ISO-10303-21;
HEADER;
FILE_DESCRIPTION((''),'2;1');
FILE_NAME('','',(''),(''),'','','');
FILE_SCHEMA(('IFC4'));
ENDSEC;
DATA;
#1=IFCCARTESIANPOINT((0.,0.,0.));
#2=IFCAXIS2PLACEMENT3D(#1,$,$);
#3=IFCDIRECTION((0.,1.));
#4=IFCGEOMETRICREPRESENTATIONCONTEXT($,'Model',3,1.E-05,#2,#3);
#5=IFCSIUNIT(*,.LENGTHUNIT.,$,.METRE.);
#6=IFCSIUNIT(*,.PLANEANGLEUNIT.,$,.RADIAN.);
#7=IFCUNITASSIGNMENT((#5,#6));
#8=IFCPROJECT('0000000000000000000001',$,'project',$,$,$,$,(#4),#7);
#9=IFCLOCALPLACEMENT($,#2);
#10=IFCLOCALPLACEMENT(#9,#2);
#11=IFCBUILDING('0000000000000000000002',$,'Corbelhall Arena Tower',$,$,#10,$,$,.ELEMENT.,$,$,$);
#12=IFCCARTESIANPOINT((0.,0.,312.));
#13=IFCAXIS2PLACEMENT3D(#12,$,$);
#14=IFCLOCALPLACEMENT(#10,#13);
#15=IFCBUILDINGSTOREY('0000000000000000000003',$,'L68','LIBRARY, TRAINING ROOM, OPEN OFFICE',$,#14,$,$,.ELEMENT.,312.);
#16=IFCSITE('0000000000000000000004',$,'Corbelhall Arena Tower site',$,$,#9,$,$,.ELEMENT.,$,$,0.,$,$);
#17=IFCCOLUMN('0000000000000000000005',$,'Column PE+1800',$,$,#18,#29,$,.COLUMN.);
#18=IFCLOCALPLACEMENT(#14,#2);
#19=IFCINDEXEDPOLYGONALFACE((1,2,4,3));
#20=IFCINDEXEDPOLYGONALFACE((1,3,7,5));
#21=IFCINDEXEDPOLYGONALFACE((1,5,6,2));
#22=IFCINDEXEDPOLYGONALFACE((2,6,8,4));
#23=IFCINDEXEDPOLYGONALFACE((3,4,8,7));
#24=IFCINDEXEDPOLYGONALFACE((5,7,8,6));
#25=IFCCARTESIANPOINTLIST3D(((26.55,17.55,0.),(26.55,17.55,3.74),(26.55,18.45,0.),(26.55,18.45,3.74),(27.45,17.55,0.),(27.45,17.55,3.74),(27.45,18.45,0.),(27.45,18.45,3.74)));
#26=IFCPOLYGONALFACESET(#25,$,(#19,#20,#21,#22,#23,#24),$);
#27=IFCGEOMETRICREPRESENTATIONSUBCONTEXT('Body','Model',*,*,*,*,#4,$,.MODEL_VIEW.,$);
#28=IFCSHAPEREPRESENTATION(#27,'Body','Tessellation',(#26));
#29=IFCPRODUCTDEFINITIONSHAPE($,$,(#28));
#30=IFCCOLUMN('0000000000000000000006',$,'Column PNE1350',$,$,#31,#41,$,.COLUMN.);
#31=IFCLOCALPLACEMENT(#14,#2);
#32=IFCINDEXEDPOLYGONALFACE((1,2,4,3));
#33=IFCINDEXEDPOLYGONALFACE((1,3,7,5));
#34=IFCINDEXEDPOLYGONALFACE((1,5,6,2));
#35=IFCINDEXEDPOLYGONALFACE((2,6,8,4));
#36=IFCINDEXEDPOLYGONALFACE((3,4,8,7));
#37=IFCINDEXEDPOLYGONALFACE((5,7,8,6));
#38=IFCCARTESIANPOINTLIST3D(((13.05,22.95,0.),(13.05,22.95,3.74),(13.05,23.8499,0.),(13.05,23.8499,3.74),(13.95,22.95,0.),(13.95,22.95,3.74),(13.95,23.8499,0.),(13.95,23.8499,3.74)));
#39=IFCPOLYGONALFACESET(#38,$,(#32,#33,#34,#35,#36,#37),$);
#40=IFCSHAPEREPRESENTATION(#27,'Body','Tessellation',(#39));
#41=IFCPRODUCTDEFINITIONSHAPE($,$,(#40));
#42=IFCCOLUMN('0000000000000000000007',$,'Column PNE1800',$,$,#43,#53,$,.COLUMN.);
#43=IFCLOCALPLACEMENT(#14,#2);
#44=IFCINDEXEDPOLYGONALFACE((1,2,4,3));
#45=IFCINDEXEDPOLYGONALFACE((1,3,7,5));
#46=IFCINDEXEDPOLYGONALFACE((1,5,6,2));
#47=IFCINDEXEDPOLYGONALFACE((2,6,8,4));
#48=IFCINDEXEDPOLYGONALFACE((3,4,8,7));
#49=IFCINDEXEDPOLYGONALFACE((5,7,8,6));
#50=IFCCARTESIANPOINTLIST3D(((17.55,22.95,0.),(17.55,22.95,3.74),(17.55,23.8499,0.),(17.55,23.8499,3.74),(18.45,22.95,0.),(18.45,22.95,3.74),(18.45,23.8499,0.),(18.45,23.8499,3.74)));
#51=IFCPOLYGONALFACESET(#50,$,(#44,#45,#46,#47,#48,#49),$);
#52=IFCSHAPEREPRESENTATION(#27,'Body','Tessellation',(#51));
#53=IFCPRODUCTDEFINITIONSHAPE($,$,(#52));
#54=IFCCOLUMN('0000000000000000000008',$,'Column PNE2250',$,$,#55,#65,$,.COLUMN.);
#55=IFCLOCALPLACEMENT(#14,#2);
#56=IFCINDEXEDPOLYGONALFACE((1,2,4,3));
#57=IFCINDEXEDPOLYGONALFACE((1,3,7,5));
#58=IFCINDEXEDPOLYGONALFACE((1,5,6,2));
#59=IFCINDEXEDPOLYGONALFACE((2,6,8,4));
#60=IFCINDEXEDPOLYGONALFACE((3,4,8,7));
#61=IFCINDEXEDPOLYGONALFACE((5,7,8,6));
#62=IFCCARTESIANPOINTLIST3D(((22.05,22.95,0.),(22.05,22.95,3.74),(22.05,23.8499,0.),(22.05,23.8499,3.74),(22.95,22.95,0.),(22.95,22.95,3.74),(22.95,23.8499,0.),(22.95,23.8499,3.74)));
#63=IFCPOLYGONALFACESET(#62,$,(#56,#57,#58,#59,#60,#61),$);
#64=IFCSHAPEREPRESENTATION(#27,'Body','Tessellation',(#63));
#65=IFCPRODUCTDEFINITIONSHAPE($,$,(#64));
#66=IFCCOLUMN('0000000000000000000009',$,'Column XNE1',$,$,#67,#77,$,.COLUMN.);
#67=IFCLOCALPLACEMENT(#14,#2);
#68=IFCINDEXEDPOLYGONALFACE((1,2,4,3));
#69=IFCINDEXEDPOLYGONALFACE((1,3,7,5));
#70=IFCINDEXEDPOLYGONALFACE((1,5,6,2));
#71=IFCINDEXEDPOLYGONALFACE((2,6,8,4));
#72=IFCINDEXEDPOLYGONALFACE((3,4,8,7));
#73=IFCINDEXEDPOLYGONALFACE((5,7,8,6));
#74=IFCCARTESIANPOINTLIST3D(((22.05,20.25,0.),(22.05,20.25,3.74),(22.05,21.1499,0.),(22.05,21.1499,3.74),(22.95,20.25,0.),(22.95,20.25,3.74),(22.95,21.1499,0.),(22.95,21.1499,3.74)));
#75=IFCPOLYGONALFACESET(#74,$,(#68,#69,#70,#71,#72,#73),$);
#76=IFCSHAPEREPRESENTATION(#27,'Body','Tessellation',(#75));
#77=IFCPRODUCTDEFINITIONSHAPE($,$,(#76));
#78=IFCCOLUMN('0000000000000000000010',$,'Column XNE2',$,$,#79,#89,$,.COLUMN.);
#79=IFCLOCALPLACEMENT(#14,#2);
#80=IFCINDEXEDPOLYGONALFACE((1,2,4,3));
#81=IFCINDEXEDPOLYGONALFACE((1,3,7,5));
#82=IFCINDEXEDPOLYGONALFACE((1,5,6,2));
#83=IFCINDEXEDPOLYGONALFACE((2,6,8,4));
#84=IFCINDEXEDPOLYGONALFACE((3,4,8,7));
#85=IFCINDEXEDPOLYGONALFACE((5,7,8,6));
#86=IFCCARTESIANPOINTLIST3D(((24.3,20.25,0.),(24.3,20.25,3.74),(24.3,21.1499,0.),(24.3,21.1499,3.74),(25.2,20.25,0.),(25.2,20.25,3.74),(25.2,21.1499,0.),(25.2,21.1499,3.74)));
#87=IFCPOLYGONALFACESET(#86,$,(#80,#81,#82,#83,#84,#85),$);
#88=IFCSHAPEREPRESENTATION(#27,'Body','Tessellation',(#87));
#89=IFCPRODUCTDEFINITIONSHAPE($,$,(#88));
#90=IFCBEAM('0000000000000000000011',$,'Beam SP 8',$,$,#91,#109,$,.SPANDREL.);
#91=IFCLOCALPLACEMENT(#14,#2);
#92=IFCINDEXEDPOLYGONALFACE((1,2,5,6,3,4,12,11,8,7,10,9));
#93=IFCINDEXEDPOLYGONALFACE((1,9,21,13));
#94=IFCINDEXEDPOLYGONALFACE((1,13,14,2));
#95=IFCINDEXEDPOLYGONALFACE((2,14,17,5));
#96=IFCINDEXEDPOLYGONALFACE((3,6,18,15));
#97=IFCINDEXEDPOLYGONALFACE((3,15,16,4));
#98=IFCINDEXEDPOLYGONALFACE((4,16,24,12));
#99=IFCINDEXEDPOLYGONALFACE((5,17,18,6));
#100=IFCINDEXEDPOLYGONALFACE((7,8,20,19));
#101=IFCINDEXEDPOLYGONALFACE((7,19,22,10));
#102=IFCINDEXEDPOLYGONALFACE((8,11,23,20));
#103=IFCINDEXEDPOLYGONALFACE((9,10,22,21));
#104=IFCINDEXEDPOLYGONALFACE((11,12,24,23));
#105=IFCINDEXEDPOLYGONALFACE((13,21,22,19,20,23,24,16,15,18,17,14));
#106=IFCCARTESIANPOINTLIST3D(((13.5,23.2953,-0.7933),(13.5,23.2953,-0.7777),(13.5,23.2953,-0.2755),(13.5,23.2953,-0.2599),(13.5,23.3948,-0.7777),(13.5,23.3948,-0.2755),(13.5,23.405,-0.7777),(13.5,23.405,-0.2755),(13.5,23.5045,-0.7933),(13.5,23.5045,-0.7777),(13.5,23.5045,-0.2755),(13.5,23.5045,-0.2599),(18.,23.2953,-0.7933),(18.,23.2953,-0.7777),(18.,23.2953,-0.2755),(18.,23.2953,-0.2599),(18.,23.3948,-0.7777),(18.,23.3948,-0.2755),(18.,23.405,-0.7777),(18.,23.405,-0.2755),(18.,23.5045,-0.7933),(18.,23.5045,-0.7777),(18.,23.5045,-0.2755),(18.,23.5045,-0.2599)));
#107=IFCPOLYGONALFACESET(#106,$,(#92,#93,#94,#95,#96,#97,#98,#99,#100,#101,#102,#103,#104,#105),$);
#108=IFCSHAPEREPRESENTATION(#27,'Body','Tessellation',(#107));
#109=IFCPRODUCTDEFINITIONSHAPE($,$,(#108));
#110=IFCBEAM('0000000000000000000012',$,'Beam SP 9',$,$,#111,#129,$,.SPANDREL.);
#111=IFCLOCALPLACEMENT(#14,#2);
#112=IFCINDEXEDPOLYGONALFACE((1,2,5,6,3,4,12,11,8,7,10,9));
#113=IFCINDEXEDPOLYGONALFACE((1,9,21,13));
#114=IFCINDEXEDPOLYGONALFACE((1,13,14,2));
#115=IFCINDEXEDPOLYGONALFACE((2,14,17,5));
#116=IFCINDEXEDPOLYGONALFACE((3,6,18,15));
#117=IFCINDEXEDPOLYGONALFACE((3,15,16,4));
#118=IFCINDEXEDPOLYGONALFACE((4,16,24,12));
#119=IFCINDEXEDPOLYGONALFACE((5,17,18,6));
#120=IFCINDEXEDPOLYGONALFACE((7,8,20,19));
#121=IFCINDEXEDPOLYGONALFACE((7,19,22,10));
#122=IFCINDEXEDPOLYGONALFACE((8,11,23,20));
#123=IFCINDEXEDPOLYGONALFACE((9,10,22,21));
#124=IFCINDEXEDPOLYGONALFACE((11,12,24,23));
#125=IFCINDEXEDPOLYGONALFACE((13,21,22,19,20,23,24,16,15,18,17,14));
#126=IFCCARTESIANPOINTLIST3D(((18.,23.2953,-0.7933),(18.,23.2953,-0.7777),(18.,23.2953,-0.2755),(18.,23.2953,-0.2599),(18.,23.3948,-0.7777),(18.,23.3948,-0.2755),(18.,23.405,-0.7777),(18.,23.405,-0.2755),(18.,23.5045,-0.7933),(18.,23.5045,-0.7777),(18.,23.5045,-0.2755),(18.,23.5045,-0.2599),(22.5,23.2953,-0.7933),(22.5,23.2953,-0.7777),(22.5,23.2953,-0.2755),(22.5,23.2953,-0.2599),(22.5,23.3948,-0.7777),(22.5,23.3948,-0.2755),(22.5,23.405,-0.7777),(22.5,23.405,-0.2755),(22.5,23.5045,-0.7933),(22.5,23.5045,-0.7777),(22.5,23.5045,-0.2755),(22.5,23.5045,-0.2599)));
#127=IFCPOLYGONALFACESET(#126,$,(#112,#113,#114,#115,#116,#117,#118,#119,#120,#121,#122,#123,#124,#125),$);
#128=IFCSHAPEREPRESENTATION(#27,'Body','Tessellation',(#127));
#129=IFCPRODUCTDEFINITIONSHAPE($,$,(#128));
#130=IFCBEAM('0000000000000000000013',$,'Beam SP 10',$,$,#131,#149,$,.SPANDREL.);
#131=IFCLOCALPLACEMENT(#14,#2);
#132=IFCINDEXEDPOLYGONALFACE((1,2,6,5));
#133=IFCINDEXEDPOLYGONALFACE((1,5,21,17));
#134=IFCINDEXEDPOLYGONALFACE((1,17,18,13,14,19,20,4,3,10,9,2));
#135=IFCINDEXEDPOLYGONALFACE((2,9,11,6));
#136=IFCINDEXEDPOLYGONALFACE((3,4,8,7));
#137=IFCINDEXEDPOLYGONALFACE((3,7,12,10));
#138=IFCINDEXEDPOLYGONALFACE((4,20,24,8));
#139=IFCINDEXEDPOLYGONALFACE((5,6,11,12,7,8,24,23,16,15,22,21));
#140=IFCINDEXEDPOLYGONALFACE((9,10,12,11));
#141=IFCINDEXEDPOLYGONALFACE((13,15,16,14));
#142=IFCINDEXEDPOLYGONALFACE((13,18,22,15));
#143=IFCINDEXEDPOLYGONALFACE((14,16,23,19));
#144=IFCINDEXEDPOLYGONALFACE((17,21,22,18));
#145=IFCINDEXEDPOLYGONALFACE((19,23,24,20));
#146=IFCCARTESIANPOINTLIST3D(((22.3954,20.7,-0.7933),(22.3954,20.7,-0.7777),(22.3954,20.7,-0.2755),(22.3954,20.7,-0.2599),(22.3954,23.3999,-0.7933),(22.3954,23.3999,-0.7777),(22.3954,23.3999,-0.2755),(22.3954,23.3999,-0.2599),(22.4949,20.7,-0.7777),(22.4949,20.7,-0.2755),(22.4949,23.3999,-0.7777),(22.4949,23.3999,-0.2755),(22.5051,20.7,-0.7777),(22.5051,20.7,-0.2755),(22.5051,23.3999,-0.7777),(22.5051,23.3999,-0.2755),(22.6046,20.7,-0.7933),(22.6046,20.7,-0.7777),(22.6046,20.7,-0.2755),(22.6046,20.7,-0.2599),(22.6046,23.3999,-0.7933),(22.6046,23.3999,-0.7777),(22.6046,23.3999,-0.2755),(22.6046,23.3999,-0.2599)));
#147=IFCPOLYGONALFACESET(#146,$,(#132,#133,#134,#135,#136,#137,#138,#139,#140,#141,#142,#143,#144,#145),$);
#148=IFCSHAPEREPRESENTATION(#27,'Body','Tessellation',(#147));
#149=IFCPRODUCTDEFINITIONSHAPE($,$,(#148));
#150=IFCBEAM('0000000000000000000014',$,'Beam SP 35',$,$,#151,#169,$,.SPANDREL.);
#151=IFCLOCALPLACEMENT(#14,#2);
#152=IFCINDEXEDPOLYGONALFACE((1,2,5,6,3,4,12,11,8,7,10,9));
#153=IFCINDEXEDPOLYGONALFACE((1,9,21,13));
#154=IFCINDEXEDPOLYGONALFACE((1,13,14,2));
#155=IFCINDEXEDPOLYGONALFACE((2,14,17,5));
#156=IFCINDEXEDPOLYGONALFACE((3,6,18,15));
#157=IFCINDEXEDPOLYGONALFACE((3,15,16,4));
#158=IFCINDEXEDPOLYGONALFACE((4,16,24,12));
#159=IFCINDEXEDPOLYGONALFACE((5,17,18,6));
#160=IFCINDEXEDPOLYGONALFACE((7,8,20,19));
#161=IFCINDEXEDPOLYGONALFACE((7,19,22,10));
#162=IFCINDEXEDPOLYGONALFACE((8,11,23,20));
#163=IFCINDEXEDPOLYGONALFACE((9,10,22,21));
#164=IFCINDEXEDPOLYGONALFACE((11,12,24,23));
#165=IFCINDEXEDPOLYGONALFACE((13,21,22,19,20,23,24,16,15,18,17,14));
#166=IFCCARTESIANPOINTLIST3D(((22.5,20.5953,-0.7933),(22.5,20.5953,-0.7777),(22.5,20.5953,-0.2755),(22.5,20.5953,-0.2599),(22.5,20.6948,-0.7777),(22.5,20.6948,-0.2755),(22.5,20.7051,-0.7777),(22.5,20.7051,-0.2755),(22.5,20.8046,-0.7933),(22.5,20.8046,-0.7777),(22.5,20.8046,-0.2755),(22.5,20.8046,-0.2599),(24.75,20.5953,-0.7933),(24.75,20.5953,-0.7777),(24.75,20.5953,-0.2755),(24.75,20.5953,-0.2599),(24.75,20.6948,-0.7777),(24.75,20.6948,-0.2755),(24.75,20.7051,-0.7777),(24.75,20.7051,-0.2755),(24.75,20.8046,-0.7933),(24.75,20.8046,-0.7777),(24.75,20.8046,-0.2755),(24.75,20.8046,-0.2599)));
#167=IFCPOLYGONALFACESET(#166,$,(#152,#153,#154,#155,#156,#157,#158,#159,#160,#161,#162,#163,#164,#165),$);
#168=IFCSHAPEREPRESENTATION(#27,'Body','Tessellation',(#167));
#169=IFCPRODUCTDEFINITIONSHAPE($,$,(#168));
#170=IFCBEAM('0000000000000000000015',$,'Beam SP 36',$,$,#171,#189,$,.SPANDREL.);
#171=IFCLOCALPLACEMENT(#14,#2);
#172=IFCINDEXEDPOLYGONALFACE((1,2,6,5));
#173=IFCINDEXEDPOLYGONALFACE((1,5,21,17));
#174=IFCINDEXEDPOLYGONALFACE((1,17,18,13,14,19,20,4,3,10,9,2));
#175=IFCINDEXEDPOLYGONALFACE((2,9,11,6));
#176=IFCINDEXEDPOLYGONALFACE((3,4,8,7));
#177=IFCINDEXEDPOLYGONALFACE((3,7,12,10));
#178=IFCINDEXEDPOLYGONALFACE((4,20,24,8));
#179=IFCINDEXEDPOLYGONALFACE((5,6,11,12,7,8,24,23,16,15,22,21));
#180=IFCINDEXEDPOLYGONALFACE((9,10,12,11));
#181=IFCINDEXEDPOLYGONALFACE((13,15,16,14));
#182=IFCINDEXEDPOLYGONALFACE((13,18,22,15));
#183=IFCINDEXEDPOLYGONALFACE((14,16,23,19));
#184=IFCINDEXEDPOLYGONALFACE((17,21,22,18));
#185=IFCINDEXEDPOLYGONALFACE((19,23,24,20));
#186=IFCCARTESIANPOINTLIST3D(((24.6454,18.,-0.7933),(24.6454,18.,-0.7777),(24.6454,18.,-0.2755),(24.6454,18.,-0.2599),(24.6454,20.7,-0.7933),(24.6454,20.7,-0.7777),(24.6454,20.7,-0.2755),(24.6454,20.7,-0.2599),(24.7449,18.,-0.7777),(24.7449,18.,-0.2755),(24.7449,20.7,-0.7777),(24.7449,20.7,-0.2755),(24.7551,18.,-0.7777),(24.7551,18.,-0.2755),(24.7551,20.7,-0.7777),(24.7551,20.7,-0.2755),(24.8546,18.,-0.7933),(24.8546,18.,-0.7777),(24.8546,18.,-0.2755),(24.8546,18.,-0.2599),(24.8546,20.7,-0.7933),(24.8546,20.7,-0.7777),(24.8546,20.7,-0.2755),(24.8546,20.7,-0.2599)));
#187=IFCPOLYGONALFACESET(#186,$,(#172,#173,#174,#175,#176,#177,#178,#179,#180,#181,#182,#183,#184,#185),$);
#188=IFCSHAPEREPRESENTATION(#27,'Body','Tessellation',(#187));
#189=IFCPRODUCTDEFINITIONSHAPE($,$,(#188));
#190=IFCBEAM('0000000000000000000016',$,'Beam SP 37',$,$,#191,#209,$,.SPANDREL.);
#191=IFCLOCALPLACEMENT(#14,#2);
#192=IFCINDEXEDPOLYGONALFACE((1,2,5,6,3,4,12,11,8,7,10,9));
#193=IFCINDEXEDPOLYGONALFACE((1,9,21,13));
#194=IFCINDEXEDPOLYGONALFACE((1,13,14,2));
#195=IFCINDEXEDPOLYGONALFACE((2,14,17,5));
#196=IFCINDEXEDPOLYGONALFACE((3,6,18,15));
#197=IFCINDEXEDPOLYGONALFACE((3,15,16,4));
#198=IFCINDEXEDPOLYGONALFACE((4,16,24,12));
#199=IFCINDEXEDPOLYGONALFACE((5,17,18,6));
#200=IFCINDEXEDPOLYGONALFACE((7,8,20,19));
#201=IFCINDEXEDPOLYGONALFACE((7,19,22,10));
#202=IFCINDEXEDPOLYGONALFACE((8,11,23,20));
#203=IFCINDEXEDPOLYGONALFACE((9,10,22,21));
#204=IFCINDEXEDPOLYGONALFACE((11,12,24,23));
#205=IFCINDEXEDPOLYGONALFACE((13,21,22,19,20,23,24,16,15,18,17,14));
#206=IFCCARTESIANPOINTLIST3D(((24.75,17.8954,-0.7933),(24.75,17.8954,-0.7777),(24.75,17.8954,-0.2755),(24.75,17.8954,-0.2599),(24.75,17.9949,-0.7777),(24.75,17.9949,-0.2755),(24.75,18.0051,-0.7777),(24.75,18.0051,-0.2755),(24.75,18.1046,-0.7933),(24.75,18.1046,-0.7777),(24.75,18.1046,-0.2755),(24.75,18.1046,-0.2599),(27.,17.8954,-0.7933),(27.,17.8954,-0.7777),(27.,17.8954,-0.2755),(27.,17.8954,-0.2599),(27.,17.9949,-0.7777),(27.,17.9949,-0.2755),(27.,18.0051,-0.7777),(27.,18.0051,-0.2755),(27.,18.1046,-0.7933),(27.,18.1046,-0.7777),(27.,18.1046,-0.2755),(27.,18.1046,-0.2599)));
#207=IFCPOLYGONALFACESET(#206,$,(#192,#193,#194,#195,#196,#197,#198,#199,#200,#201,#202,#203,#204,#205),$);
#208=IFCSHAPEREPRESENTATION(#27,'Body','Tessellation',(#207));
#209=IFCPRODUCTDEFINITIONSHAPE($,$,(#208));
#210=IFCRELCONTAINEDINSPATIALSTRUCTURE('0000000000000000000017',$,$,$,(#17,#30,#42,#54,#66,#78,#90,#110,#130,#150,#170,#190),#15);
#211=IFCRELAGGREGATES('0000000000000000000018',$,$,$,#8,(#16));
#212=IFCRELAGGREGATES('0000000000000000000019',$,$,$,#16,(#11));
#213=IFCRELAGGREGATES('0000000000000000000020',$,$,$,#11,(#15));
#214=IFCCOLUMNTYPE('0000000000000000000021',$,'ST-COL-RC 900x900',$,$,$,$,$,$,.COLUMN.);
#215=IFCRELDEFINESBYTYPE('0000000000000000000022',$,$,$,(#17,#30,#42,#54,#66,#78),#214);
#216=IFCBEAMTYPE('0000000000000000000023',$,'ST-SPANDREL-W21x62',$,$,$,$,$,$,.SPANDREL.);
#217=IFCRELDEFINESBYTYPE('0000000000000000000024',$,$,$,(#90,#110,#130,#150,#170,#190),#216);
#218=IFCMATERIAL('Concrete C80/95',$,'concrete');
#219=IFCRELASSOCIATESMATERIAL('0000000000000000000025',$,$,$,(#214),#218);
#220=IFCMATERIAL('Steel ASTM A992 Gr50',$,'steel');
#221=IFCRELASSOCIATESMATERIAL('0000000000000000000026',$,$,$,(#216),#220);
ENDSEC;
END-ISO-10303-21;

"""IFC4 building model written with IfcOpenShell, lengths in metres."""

from ifc_helpers import new_model, si_unit, direction, frame, origin, origin_2d, place, context, subcontext, project, spatial, rectangle, i_section, extrude, material, material_profile, profile_set, type_object, element, save


model = new_model("IFC4")

# Units and contexts
model_context = context("Model", 3, precision=1e-05, world=origin(), true_north=direction((0.0, 1.0)))
body_context = subcontext(model_context, "Body", "Model", "MODEL_VIEW")
ifc_project = project(units=[si_unit("LENGTHUNIT", "METRE"), si_unit("PLANEANGLEUNIT", "RADIAN")], contexts=[model_context])

# Site, building, storey
site_placement = place(None, origin())
site = spatial("IfcSite", under=ifc_project, at=site_placement, Name="Corbelhall Arena Tower site", CompositionType="ELEMENT", RefElevation=0.0)
building_placement = place(site_placement, origin())
building = spatial("IfcBuilding", under=site, at=building_placement, Name="Corbelhall Arena Tower", CompositionType="ELEMENT")
storey_placement = place(building_placement, frame((0.0, 0.0, 312.0)))
storey = spatial("IfcBuildingStorey", under=building, at=storey_placement, Name="L68", Description="LIBRARY, TRAINING ROOM, OPEN OFFICE", CompositionType="ELEMENT", Elevation=312.0)

# Columns
ifc_material_1 = material(Name="Concrete C80/95", Category="concrete")
ifc_material_profile_1 = material_profile(ifc_material_1, rectangle(XDim=0.8999, YDim=0.8999, at=origin_2d()))
ifc_profile_set_1 = profile_set([ifc_material_profile_1], Name="Concrete C80/95")
column_type = type_object("IfcColumnType", Name="ST-COL-RC 900x900", PredefinedType="COLUMN", material=ifc_profile_set_1)
for number, where, z_axis, x_axis, name in (
    (1, (27.0, 18.0, 0.0), (0.0, 0.0, 1.0), (0.0, 1.0, 0.0), "Column PE+1800"),
    (2, (13.5, 23.3999, 0.0), (0.0, 0.0, 1.0), (1.0, 0.0, 0.0), "Column PNE1350"),
    (3, (18.0, 23.3999, 0.0), (0.0, 0.0, 1.0), (1.0, 0.0, 0.0), "Column PNE1800"),
    (4, (22.5, 23.3999, 0.0), (0.0, 0.0, 1.0), (1.0, 0.0, 0.0), "Column PNE2250"),
    (5, (22.5, 20.7, 0.0), (0.0, 0.0, 1.0), (1.0, 0.0, 0.0), "Column XNE1"),
    (6, (24.75, 20.7, 0.0), (0.0, 0.0, 1.0), (1.0, 0.0, 0.0), "Column XNE2"),
):
    element("IfcColumn", number, at=place(storey_placement, frame(where, z_axis=z_axis, x_axis=x_axis)), inside=storey, type_object=column_type, Name=name, PredefinedType="COLUMN", context=body_context, shape_type="SweptSolid", body=[
        extrude(rectangle(XDim=0.8999, YDim=0.8999, at=origin_2d()), origin(), (0.0, 0.0, 1.0), 3.74),
    ])

# Beams
ifc_material_2 = material(Name="Steel ASTM A992 Gr50", Category="steel")
ifc_material_profile_2 = material_profile(ifc_material_2, i_section(OverallWidth=0.2092, OverallDepth=0.5334, WebThickness=0.0103, FlangeThickness=0.0156, at=origin_2d()))
ifc_profile_set_2 = profile_set([ifc_material_profile_2], Name="Steel ASTM A992 Gr50")
beam_type_1 = type_object("IfcBeamType", Name="ST-SPANDREL-W21x62", PredefinedType="SPANDREL", material=ifc_profile_set_2)
for number, where, z_axis, x_axis, name in (
    (7, (13.5, 23.3999, -0.5266), (1.0, 0.0, 0.0), (0.0, 1.0, 0.0), "Beam SP 8"),
    (8, (18.0, 23.3999, -0.5266), (1.0, 0.0, 0.0), (0.0, 1.0, 0.0), "Beam SP 9"),
):
    element("IfcBeam", number, at=place(storey_placement, frame(where, z_axis=z_axis, x_axis=x_axis)), inside=storey, type_object=beam_type_1, Name=name, PredefinedType="SPANDREL", context=body_context, shape_type="SweptSolid", body=[
        extrude(i_section(OverallWidth=0.2092, OverallDepth=0.5334, WebThickness=0.0103, FlangeThickness=0.0156, at=origin_2d()), origin(), (0.0, 0.0, 1.0), 4.5),
    ])
beam_1_placement = place(storey_placement, frame((22.5, 23.3999, -0.5266), z_axis=(0.0, -1.0, 0.0), x_axis=(1.0, 0.0, 0.0)))
element("IfcBeam", 9, at=beam_1_placement, inside=storey, type_object=beam_type_1, Name="Beam SP 10", PredefinedType="SPANDREL", context=body_context, shape_type="SweptSolid", body=[
    extrude(i_section(OverallWidth=0.2092, OverallDepth=0.5334, WebThickness=0.0103, FlangeThickness=0.0156, at=origin_2d()), origin(), (0.0, 0.0, 1.0), 2.7),
])
beam_2_placement = place(storey_placement, frame((22.5, 20.7, -0.5266), z_axis=(1.0, 0.0, 0.0), x_axis=(0.0, 1.0, 0.0)))
element("IfcBeam", 10, at=beam_2_placement, inside=storey, type_object=beam_type_1, Name="Beam SP 35", PredefinedType="SPANDREL", context=body_context, shape_type="SweptSolid", body=[
    extrude(i_section(OverallWidth=0.2092, OverallDepth=0.5334, WebThickness=0.0103, FlangeThickness=0.0156, at=origin_2d()), origin(), (0.0, 0.0, 1.0), 2.25),
])
beam_3_placement = place(storey_placement, frame((24.75, 20.7, -0.5266), z_axis=(0.0, -1.0, 0.0), x_axis=(1.0, 0.0, 0.0)))
element("IfcBeam", 11, at=beam_3_placement, inside=storey, type_object=beam_type_1, Name="Beam SP 36", PredefinedType="SPANDREL", context=body_context, shape_type="SweptSolid", body=[
    extrude(i_section(OverallWidth=0.2092, OverallDepth=0.5334, WebThickness=0.0103, FlangeThickness=0.0156, at=origin_2d()), origin(), (0.0, 0.0, 1.0), 2.7),
])
beam_4_placement = place(storey_placement, frame((24.75, 18.0, -0.5266), z_axis=(1.0, 0.0, 0.0), x_axis=(0.0, 1.0, 0.0)))
element("IfcBeam", 12, at=beam_4_placement, inside=storey, type_object=beam_type_1, Name="Beam SP 37", PredefinedType="SPANDREL", context=body_context, shape_type="SweptSolid", body=[
    extrude(i_section(OverallWidth=0.2092, OverallDepth=0.5334, WebThickness=0.0103, FlangeThickness=0.0156, at=origin_2d()), origin(), (0.0, 0.0, 1.0), 2.25),
])

save(model, "model.ifc")
